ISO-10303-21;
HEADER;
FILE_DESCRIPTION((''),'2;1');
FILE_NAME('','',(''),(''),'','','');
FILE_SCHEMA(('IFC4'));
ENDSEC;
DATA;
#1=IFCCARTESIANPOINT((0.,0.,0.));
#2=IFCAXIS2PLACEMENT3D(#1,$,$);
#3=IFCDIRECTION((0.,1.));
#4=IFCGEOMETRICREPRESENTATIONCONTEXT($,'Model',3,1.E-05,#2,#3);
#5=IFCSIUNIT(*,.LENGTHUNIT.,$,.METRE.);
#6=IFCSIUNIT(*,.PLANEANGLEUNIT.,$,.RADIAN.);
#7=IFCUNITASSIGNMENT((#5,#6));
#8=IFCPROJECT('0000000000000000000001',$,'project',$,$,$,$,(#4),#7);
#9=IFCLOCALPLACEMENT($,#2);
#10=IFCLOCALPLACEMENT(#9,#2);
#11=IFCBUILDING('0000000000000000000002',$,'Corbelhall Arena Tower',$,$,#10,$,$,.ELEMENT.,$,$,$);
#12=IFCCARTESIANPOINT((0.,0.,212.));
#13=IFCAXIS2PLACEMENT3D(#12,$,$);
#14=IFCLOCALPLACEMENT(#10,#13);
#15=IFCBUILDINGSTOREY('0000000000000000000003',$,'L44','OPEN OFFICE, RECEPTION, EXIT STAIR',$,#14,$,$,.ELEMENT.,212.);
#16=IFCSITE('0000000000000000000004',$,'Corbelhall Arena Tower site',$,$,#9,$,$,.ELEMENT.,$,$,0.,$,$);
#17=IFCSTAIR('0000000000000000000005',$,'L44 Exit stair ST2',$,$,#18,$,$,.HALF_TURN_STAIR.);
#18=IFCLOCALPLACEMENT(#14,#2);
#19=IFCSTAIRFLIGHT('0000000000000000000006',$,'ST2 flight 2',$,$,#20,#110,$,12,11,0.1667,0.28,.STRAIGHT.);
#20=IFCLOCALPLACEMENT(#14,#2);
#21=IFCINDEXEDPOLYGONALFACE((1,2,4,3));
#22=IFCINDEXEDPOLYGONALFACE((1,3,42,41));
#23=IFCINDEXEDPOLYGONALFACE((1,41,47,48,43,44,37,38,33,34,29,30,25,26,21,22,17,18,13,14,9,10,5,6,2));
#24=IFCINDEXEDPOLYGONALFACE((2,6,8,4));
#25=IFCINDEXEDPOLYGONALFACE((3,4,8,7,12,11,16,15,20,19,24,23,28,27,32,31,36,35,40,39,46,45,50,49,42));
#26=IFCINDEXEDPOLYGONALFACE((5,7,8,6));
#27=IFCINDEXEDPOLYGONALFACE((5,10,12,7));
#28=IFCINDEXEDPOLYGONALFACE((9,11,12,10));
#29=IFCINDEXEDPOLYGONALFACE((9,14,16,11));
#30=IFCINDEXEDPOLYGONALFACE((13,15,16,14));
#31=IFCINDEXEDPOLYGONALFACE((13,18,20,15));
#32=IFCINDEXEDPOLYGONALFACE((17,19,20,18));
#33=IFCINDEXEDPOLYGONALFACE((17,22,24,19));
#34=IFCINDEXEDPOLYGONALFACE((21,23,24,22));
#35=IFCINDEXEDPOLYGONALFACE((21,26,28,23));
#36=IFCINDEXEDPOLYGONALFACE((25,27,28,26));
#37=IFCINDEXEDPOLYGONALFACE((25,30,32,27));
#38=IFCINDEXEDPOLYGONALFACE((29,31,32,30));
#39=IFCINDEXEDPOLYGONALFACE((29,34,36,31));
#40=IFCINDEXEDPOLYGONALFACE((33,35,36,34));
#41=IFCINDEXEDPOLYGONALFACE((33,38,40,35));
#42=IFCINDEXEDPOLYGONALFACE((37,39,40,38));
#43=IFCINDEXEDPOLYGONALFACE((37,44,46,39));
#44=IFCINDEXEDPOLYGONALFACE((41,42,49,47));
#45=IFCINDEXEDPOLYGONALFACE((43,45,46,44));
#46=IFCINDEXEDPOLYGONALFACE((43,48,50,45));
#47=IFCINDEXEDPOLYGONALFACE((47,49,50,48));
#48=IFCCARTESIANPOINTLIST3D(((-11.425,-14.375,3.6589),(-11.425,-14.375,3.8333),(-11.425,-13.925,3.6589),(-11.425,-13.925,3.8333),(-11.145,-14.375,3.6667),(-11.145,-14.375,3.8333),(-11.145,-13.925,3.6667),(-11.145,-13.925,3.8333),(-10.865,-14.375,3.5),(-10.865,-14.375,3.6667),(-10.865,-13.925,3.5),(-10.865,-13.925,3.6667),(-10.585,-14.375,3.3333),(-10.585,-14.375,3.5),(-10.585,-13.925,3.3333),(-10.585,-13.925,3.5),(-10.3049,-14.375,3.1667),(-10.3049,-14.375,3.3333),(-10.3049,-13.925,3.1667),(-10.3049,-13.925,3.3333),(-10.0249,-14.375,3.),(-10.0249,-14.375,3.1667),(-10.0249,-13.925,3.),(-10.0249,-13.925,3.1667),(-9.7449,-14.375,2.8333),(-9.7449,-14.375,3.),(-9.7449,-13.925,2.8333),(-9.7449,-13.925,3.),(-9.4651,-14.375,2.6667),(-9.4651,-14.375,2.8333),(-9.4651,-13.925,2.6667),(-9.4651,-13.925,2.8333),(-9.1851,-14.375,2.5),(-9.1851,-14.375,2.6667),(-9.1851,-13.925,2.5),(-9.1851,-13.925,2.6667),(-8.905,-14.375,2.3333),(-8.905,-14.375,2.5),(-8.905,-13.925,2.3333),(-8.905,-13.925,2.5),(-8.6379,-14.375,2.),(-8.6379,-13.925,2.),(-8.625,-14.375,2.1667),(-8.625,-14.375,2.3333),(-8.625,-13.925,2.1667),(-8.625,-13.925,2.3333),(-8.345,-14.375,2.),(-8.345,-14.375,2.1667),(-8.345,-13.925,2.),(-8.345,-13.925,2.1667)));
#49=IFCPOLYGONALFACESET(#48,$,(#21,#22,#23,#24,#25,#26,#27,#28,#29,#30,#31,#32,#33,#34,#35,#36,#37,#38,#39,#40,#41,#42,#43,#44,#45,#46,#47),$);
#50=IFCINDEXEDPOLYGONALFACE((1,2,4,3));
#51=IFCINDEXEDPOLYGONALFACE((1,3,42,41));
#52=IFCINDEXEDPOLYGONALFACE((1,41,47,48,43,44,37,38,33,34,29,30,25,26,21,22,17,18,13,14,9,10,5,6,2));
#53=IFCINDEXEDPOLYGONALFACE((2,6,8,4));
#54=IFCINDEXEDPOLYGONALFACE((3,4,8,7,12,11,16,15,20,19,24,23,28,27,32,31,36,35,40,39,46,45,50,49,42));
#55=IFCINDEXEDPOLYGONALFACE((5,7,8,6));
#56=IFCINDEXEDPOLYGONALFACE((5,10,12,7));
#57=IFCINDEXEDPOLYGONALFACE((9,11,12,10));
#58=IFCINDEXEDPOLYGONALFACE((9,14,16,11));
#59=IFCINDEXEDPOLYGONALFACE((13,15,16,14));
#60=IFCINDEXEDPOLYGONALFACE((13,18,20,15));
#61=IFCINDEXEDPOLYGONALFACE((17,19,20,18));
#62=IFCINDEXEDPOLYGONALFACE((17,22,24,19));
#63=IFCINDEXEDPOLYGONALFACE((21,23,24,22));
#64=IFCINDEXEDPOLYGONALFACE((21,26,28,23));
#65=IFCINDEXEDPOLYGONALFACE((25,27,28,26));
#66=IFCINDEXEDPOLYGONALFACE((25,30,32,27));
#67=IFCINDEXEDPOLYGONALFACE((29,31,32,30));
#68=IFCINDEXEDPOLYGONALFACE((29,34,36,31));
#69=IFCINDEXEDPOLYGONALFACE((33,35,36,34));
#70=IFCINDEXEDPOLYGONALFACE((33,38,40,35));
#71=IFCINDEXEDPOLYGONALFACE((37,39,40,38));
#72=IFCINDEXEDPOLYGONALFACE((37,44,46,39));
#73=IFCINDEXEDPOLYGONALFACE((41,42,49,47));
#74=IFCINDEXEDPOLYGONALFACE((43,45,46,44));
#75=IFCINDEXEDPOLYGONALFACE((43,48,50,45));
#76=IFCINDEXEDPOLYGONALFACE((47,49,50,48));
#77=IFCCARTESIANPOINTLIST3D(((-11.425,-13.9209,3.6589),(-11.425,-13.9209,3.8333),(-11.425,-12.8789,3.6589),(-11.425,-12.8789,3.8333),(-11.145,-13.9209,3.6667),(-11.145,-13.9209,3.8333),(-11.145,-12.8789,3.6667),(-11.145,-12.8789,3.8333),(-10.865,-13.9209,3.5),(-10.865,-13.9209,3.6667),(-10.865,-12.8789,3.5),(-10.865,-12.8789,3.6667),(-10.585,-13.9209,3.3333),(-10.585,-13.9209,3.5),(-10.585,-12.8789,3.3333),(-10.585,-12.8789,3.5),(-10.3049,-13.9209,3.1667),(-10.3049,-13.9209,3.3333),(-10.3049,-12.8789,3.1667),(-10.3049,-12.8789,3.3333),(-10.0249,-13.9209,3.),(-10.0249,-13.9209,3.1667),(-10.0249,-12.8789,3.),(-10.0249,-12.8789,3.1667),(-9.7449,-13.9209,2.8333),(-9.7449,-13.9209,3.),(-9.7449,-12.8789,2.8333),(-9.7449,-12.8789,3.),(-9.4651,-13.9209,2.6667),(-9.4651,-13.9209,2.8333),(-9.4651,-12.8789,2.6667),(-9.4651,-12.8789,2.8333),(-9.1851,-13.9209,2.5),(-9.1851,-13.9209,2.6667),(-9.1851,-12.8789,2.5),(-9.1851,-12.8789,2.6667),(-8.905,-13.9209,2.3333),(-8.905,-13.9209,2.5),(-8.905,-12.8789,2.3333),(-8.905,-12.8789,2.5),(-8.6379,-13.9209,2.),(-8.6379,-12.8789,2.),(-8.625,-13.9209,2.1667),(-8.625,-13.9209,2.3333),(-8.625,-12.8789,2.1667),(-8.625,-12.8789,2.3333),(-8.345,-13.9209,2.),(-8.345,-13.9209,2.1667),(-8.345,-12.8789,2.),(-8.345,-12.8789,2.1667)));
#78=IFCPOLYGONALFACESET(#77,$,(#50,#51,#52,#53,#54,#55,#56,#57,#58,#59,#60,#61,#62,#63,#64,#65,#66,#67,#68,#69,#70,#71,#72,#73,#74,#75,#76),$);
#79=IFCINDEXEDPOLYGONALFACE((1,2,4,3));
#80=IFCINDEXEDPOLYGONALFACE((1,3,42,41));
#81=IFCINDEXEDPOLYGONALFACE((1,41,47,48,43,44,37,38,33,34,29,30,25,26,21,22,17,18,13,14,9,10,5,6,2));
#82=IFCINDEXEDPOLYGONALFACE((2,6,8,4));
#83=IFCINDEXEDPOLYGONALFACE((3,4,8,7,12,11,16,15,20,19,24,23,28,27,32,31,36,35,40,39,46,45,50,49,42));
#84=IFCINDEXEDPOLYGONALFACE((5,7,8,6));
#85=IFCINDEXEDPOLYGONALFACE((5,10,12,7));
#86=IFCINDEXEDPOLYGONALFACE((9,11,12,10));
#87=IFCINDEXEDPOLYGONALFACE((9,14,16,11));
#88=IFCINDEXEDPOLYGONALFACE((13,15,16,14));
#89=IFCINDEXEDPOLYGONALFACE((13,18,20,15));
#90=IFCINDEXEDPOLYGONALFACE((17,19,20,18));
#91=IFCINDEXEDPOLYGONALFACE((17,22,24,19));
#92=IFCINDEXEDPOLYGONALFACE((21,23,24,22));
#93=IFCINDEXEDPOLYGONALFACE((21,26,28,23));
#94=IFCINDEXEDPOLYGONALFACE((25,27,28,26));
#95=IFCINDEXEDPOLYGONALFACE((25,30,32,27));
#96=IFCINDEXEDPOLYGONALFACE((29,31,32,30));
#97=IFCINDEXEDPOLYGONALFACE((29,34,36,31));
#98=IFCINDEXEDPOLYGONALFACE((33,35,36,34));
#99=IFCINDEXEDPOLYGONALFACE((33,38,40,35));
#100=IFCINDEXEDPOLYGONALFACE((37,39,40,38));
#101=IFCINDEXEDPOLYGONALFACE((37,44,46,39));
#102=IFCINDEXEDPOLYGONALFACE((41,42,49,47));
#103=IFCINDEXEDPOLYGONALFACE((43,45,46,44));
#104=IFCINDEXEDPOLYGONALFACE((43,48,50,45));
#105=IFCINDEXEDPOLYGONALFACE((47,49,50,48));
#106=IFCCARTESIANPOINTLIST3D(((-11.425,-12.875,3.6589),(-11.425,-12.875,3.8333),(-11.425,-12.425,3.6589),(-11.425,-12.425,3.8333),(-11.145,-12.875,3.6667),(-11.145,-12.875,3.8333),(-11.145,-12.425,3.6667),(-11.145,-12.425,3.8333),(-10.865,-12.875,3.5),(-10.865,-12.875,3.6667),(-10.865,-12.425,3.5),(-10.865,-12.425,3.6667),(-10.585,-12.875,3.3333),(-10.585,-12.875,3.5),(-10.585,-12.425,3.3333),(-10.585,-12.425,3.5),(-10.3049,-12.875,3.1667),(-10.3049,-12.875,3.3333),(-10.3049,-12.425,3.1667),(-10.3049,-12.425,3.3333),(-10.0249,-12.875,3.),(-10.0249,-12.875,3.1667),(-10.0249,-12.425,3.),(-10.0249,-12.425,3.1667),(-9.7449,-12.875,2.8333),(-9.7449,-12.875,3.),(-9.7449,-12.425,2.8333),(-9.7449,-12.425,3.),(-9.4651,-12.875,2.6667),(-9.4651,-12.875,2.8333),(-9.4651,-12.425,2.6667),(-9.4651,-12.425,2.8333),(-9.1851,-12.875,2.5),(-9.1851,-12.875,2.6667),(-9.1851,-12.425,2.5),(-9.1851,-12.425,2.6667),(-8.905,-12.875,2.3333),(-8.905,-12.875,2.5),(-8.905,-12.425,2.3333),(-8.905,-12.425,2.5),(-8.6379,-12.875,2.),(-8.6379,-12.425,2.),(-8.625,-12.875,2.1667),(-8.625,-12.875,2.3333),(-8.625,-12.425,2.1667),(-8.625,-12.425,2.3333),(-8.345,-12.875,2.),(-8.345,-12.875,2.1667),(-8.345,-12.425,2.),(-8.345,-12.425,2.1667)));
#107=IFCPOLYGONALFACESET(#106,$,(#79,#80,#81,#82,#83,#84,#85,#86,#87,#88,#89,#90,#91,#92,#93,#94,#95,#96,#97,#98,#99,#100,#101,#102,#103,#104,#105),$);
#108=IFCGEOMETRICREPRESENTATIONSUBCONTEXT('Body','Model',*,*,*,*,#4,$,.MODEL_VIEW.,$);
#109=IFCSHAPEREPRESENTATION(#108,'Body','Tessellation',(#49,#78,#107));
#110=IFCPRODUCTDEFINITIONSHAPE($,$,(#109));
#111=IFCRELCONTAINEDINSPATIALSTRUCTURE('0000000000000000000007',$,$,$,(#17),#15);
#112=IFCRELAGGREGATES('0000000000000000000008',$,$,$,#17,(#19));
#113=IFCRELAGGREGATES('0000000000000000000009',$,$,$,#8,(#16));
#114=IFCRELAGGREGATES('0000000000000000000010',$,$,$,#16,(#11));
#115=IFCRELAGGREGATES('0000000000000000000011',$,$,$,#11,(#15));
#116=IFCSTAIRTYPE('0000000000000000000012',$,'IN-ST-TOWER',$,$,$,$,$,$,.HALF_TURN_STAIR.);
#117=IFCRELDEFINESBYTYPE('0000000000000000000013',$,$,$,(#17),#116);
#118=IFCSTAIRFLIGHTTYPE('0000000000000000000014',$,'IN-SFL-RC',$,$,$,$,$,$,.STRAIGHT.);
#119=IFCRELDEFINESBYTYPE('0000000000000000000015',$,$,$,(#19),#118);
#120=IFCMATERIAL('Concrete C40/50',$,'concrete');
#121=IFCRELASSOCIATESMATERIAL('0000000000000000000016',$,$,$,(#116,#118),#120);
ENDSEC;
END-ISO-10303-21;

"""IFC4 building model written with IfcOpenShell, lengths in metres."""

from ifc_helpers import new_model, si_unit, direction, frame, origin, place, context, subcontext, project, spatial, polyline, outline, extrude, material, type_object, element, aggregate, save


model = new_model("IFC4")

# Units and contexts
model_context = context("Model", 3, precision=1e-05, world=origin(), true_north=direction((0.0, 1.0)))
body_context = subcontext(model_context, "Body", "Model", "MODEL_VIEW")
ifc_project = project(units=[si_unit("LENGTHUNIT", "METRE"), si_unit("PLANEANGLEUNIT", "RADIAN")], contexts=[model_context])

# Site, building, storey
site_placement = place(None, origin())
site = spatial("IfcSite", under=ifc_project, at=site_placement, Name="Corbelhall Arena Tower site", CompositionType="ELEMENT", RefElevation=0.0)
building_placement = place(site_placement, origin())
building = spatial("IfcBuilding", under=site, at=building_placement, Name="Corbelhall Arena Tower", CompositionType="ELEMENT")
storey_placement = place(building_placement, frame((0.0, 0.0, 212.0)))
storey = spatial("IfcBuildingStorey", under=building, at=storey_placement, Name="L44", Description="OPEN OFFICE, RECEPTION, EXIT STAIR", CompositionType="ELEMENT", Elevation=212.0)

# Stair, stair flight
ifc_material_1 = material(Name="Concrete C40/50", Category="concrete")
stair_type = type_object("IfcStairType", Name="IN-ST-TOWER", PredefinedType="HALF_TURN_STAIR", material=ifc_material_1)
stair_placement = place(storey_placement, origin())
stair = element("IfcStair", 1, at=stair_placement, inside=storey, type_object=stair_type, Name="L44 Exit stair ST2", PredefinedType="HALF_TURN_STAIR")
stair_flight_type = type_object("IfcStairFlightType", Name="IN-SFL-RC", PredefinedType="STRAIGHT", material=ifc_material_1)
stair_flight_1_placement = place(storey_placement, frame((-8.345, -13.3999, 2.0), z_axis=(0.0, 0.0, 1.0), x_axis=(-1.0, 0.0, 0.0)))
stair_flight_1 = element("IfcStairFlight", 2, at=stair_flight_1_placement, type_object=stair_flight_type, Name="ST2 flight 2", NumberOfRisers=12, NumberOfTreads=11, PredefinedType="STRAIGHT", RiserHeight=0.1667, TreadLength=0.28, context=body_context, shape_type="SweptSolid", body=[
    extrude(outline(polyline([(0.0, 0.0), (0.0, 0.1667), (0.28, 0.1667), (0.28, 0.3333), (0.5601, 0.3333), (0.5601, 0.5), (0.8401, 0.5), (0.8401, 0.6667), (1.1201, 0.6667), (1.1201, 0.8333), (1.3999, 0.8333), (1.3999, 1.0), (1.6799, 1.0), (1.6799, 1.1667), (1.96, 1.1667), (1.96, 1.3333), (2.24, 1.3333), (2.24, 1.5), (2.52, 1.5), (2.52, 1.6667), (2.8, 1.6667), (2.8, 1.8333), (3.0801, 1.8333), (3.0801, 2.0), (3.0801, 1.6589), (0.293, 0.0), (0.0, 0.0)])), frame((0.0, 0.9751, 0.0), z_axis=(0.0, -1.0, 0.0), x_axis=(1.0, 0.0, 0.0)), (0.0, 0.0, 1.0), 0.45),
    extrude(outline(polyline([(0.0, 0.0), (0.0, 0.1667), (0.28, 0.1667), (0.28, 0.3333), (0.5601, 0.3333), (0.5601, 0.5), (0.8401, 0.5), (0.8401, 0.6667), (1.1201, 0.6667), (1.1201, 0.8333), (1.3999, 0.8333), (1.3999, 1.0), (1.6799, 1.0), (1.6799, 1.1667), (1.96, 1.1667), (1.96, 1.3333), (2.24, 1.3333), (2.24, 1.5), (2.52, 1.5), (2.52, 1.6667), (2.8, 1.6667), (2.8, 1.8333), (3.0801, 1.8333), (3.0801, 2.0), (3.0801, 1.6589), (0.293, 0.0), (0.0, 0.0)])), frame((0.0, 0.521, 0.0), z_axis=(0.0, -1.0, 0.0), x_axis=(1.0, 0.0, 0.0)), (0.0, 0.0, 1.0), 1.042),
    extrude(outline(polyline([(0.0, 0.0), (0.0, 0.1667), (0.28, 0.1667), (0.28, 0.3333), (0.5601, 0.3333), (0.5601, 0.5), (0.8401, 0.5), (0.8401, 0.6667), (1.1201, 0.6667), (1.1201, 0.8333), (1.3999, 0.8333), (1.3999, 1.0), (1.6799, 1.0), (1.6799, 1.1667), (1.96, 1.1667), (1.96, 1.3333), (2.24, 1.3333), (2.24, 1.5), (2.52, 1.5), (2.52, 1.6667), (2.8, 1.6667), (2.8, 1.8333), (3.0801, 1.8333), (3.0801, 2.0), (3.0801, 1.6589), (0.293, 0.0), (0.0, 0.0)])), frame((0.0, -0.5249, 0.0), z_axis=(0.0, -1.0, 0.0), x_axis=(1.0, 0.0, 0.0)), (0.0, 0.0, 1.0), 0.45),
])
aggregate(stair, [stair_flight_1])

save(model, "model.ifc")
